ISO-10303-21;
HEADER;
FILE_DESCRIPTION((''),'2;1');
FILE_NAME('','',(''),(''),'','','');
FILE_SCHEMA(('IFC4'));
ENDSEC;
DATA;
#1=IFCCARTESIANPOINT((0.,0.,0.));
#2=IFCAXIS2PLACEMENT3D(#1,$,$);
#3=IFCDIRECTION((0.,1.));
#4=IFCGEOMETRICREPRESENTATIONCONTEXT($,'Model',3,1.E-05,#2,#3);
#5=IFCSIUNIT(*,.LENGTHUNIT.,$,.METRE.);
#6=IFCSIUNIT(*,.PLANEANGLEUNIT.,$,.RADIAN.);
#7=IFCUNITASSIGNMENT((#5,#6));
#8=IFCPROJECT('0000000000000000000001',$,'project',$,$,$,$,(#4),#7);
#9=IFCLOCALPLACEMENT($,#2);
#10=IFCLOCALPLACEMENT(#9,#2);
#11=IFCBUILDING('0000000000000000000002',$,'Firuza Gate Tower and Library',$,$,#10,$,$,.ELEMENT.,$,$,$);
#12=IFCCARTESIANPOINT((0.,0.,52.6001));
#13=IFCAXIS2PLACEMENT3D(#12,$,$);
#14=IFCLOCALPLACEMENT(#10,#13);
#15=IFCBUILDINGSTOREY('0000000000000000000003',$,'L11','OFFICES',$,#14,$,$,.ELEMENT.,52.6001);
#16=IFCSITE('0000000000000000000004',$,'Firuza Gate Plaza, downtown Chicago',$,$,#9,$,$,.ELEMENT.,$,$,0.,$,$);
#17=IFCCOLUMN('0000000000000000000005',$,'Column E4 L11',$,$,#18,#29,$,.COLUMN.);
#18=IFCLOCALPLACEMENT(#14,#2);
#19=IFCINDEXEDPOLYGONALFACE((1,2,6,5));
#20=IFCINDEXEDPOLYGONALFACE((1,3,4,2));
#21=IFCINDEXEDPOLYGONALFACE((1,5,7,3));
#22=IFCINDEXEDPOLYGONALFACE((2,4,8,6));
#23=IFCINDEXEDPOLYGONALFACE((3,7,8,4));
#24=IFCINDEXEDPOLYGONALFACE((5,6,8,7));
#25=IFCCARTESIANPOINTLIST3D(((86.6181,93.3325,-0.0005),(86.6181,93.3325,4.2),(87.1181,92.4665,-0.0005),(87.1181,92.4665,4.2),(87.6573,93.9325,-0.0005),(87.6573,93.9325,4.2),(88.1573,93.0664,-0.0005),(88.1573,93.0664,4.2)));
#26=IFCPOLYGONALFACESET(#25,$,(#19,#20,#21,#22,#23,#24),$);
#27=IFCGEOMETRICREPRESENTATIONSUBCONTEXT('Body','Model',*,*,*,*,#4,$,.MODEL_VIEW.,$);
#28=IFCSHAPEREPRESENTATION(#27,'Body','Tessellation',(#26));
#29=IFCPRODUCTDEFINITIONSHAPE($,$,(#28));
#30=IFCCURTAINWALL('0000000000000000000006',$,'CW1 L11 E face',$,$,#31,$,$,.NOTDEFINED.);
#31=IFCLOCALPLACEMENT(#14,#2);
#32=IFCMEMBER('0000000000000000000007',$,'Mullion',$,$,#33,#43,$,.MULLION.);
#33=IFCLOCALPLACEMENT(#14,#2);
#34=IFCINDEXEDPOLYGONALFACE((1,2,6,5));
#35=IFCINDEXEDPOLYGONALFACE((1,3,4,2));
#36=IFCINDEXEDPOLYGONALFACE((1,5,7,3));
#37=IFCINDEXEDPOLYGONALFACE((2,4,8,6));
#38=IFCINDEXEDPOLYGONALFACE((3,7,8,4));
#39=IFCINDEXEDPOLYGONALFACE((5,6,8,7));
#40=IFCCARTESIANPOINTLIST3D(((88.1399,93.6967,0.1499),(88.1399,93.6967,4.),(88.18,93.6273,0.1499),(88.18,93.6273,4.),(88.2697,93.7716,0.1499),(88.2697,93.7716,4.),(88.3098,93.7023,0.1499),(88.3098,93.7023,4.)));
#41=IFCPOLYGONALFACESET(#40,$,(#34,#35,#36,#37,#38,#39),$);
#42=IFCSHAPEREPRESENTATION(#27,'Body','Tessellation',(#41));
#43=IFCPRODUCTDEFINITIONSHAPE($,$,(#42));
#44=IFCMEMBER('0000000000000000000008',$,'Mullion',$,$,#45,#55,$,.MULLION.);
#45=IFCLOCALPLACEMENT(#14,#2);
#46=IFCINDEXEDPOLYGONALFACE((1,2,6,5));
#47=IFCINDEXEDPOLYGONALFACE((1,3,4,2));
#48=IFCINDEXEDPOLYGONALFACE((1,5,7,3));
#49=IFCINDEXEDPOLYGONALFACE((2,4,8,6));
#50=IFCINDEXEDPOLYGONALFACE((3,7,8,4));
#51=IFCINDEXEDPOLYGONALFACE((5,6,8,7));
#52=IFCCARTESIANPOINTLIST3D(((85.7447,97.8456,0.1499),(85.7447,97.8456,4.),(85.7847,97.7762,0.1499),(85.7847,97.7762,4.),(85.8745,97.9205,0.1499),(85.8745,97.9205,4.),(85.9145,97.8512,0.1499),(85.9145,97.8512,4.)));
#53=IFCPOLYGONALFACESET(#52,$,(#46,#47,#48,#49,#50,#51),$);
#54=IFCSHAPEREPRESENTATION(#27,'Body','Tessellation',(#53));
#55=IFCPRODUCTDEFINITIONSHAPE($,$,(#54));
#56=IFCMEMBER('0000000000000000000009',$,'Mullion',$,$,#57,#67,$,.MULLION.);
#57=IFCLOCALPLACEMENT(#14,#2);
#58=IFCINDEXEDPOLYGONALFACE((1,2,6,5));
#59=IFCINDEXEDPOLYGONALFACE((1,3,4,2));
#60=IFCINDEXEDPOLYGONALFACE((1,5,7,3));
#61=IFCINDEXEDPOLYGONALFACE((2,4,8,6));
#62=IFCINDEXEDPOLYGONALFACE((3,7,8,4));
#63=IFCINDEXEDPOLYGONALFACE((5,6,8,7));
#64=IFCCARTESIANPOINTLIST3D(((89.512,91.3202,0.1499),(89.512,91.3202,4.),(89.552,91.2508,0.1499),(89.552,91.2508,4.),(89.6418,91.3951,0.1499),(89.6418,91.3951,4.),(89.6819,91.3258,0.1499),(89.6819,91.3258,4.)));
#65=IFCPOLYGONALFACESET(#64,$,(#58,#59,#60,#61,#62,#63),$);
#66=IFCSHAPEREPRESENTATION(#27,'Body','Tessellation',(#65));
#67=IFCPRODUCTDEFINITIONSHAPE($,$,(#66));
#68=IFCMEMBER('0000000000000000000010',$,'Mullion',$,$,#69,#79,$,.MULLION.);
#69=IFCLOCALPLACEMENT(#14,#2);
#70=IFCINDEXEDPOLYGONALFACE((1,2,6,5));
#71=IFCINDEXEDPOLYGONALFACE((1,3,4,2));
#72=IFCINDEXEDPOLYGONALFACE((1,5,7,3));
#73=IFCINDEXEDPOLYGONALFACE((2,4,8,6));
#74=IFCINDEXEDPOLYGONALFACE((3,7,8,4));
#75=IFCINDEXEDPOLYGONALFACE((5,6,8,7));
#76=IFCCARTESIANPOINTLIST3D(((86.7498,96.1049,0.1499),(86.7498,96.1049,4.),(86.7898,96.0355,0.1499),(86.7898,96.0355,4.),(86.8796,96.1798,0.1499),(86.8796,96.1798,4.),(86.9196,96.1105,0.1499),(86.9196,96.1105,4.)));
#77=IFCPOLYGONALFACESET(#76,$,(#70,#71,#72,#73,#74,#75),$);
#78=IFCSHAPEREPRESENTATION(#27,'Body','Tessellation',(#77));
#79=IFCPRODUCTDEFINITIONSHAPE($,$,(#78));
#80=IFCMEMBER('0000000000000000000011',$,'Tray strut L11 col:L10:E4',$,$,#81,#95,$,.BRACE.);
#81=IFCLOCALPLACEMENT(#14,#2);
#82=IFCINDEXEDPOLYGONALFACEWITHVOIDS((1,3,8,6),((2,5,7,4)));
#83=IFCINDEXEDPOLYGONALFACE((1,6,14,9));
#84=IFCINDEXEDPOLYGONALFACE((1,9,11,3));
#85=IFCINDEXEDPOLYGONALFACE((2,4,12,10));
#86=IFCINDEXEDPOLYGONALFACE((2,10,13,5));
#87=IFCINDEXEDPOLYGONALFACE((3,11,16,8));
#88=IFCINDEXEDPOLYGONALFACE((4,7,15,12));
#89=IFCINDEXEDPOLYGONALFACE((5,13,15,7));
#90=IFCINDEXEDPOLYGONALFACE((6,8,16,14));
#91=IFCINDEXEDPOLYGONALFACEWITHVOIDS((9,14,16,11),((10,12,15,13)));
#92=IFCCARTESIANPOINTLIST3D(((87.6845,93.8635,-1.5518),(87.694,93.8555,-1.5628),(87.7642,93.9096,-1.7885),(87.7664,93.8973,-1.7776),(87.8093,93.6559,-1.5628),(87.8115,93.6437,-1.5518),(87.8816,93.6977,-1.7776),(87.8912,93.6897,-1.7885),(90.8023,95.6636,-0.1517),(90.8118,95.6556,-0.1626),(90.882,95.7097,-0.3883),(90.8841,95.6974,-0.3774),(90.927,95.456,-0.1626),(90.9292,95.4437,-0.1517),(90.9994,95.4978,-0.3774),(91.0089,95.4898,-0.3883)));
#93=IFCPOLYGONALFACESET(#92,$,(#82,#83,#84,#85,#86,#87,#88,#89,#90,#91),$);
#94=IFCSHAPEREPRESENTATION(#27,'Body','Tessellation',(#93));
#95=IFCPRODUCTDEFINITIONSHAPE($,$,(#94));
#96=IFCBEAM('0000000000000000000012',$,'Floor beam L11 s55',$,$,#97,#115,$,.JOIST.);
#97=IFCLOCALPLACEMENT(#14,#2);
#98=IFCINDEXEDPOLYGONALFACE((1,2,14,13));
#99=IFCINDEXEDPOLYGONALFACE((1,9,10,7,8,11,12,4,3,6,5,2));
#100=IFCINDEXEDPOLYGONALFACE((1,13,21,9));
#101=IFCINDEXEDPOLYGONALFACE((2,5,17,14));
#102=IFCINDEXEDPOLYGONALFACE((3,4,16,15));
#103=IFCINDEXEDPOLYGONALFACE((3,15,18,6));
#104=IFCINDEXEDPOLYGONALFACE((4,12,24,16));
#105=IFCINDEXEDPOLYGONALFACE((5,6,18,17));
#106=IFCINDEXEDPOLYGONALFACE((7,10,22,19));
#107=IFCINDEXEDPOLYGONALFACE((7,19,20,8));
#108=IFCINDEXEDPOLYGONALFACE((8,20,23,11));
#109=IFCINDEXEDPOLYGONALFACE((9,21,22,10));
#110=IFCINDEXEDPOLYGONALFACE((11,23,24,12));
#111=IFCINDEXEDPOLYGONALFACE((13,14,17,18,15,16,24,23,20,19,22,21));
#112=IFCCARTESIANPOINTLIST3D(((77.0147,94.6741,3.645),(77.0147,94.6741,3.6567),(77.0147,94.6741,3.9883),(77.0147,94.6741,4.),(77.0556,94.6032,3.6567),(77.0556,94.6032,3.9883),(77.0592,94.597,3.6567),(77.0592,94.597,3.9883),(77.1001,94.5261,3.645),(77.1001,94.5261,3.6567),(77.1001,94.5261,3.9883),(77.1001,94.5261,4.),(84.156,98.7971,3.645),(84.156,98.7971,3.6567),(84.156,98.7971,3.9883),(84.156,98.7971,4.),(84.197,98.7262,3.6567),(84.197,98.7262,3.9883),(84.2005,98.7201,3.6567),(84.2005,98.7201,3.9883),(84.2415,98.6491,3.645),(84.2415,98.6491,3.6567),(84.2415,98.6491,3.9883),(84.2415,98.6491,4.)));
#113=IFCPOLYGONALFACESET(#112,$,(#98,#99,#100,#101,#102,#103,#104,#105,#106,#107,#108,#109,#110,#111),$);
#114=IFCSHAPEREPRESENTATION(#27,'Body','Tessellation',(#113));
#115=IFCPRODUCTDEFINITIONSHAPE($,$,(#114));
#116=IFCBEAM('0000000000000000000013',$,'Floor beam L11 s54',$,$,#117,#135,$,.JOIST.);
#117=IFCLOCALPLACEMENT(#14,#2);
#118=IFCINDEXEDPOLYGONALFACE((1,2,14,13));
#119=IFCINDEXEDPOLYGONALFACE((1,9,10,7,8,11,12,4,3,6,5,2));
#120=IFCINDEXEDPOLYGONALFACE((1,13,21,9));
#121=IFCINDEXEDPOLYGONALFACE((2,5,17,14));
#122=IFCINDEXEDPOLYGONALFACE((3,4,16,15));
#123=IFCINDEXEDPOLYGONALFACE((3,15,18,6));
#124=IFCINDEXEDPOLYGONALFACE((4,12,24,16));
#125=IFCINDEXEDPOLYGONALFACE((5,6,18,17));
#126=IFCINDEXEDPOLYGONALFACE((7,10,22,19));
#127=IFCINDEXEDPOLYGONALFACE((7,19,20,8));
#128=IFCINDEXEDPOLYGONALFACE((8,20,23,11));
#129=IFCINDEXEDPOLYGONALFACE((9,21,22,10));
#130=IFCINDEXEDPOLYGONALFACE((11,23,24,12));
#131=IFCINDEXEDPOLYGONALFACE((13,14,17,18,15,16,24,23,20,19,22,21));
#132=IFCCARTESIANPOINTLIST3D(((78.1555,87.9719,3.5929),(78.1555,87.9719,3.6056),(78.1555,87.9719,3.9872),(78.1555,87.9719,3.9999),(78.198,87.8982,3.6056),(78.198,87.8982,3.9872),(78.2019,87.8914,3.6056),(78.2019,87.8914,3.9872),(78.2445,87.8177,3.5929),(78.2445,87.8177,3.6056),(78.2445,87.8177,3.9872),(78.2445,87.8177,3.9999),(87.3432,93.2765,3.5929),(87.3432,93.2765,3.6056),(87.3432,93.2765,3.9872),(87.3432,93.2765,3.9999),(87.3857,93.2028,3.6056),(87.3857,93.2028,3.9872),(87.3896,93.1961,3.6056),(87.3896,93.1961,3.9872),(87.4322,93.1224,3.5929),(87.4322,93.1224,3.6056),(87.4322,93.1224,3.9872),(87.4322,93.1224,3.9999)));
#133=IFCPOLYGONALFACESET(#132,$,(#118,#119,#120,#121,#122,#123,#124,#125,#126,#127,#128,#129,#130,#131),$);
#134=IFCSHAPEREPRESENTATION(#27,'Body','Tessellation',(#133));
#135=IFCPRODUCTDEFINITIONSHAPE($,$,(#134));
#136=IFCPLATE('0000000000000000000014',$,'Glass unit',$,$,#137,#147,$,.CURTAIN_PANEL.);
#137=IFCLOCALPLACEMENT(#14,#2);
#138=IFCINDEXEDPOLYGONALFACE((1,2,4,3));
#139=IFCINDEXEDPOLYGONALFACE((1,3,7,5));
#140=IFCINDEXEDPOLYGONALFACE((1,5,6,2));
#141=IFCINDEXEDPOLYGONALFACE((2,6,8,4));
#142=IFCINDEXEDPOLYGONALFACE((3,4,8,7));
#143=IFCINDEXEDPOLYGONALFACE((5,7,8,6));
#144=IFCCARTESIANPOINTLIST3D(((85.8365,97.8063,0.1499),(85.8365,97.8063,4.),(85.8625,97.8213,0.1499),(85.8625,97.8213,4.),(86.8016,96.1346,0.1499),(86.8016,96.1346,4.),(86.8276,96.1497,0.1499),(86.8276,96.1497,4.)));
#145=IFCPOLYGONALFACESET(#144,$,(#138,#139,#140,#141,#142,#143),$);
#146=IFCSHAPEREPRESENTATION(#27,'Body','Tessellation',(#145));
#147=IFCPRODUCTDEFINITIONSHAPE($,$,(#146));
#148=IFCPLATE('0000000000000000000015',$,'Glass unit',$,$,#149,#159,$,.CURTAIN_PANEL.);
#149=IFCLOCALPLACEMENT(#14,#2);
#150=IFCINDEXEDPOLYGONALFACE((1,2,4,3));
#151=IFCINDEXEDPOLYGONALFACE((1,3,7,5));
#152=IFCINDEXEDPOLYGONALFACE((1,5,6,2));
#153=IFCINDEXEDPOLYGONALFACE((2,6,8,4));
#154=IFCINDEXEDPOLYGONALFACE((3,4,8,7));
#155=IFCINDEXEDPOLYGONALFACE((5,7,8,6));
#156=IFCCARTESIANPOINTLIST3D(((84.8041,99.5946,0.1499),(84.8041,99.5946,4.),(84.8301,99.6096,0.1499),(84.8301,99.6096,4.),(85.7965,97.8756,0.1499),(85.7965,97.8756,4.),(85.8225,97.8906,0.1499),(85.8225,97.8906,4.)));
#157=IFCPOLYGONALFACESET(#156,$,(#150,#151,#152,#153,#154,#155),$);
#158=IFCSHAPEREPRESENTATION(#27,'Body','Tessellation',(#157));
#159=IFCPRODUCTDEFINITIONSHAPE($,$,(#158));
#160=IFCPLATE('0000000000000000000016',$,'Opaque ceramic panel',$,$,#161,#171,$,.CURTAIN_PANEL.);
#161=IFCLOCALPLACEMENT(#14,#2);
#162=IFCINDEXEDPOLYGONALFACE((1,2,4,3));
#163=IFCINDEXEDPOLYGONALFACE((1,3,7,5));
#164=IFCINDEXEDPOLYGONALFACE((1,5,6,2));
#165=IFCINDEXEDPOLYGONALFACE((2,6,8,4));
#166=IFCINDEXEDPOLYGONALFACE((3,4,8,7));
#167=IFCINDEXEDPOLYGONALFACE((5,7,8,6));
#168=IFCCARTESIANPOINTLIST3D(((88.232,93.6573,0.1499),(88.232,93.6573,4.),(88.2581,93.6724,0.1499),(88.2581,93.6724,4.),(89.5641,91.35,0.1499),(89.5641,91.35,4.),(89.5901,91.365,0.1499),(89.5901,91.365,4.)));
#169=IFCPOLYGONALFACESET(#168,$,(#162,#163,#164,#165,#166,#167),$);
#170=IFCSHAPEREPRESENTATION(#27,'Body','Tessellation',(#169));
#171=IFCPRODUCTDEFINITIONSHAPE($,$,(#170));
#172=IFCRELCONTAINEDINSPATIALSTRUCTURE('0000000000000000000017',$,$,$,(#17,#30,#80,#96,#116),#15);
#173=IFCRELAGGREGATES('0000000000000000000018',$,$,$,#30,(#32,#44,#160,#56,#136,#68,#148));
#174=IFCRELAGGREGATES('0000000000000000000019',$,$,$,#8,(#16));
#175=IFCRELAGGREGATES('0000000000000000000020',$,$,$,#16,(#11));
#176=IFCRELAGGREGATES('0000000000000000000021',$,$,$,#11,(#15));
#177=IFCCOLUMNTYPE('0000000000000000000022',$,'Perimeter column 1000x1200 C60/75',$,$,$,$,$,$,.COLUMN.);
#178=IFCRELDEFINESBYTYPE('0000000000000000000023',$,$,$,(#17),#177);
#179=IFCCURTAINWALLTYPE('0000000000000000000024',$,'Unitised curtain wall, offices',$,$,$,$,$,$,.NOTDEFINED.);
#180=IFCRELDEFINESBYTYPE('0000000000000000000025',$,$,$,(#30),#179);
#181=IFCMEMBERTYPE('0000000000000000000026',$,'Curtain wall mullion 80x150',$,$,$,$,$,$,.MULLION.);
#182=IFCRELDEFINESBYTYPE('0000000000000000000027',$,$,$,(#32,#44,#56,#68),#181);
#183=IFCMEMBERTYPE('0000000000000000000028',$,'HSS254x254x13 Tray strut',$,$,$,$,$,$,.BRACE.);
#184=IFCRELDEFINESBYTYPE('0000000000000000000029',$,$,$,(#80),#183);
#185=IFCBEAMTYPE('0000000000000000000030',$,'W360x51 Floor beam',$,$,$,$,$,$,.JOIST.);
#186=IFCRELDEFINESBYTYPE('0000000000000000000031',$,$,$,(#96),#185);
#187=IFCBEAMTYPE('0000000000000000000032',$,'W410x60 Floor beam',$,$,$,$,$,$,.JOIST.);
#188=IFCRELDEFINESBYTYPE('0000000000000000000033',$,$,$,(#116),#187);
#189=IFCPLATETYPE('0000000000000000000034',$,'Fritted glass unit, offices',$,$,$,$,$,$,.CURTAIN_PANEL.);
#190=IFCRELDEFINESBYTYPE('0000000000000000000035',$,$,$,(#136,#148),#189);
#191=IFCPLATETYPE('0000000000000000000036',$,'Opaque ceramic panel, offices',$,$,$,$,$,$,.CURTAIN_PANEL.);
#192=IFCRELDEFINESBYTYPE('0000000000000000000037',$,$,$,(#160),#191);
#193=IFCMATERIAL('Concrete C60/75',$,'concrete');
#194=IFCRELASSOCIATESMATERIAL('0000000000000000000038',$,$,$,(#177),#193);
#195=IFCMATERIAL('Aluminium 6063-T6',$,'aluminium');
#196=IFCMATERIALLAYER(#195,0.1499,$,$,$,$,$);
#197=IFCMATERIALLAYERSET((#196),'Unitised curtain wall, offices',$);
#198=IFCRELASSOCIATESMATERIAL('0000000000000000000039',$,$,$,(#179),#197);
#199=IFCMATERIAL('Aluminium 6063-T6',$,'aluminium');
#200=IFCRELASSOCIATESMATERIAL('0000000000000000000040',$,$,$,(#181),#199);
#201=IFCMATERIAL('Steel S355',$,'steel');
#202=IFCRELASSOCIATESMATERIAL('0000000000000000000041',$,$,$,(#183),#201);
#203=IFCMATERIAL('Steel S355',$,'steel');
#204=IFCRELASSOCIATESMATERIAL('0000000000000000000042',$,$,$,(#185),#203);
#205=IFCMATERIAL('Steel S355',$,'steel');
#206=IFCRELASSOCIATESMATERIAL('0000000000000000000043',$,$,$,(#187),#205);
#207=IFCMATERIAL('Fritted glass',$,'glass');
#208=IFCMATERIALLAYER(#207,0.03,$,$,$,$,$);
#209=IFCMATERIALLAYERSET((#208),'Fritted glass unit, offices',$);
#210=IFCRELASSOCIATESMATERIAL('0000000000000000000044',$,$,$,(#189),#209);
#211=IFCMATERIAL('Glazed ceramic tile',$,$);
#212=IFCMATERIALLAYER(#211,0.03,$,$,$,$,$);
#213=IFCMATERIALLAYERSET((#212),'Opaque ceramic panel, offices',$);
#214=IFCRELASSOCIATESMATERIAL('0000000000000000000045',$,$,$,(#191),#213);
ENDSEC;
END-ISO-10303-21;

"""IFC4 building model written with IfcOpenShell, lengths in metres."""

from ifc_helpers import new_model, si_unit, direction, frame, origin, origin_2d, place, context, subcontext, project, spatial, polyline, rectangle, hollow_rectangle, i_section, outline, extrude, material, layer, layer_set, material_profile, profile_set, type_object, element, aggregate, save


model = new_model("IFC4")

# Units and contexts
model_context = context("Model", 3, precision=1e-05, world=origin(), true_north=direction((0.0, 1.0)))
body_context = subcontext(model_context, "Body", "Model", "MODEL_VIEW")
ifc_project = project(units=[si_unit("LENGTHUNIT", "METRE"), si_unit("PLANEANGLEUNIT", "RADIAN")], contexts=[model_context])

# Site, building, storey
site_placement = place(None, origin())
site = spatial("IfcSite", under=ifc_project, at=site_placement, Name="Firuza Gate Plaza, downtown Chicago", CompositionType="ELEMENT", RefElevation=0.0)
building_placement = place(site_placement, origin())
building = spatial("IfcBuilding", under=site, at=building_placement, Name="Firuza Gate Tower and Library", CompositionType="ELEMENT")
storey_placement = place(building_placement, frame((0.0, 0.0, 52.6001)))
storey = spatial("IfcBuildingStorey", under=building, at=storey_placement, Name="L11", Description="OFFICES", CompositionType="ELEMENT", Elevation=52.6001)

# Column
ifc_material_1 = material(Name="Concrete C60/75", Category="concrete")
ifc_material_profile_1 = material_profile(ifc_material_1, rectangle(XDim=1.0, YDim=1.2, at=origin_2d()))
ifc_profile_set_1 = profile_set([ifc_material_profile_1], Name="Concrete C60/75")
column_type = type_object("IfcColumnType", Name="Perimeter column 1000x1200 C60/75", PredefinedType="COLUMN", material=ifc_profile_set_1)
column_placement = place(storey_placement, frame((87.3877, 93.1995, -0.0005), z_axis=(0.0, 0.0, 1.0), x_axis=(-0.5, 0.866025, 0.0)))
element("IfcColumn", 1, at=column_placement, inside=storey, type_object=column_type, Name="Column E4 L11", PredefinedType="COLUMN", context=body_context, shape_type="SweptSolid", body=[
    extrude(rectangle(XDim=1.0, YDim=1.2, at=origin_2d()), origin(), (0.0, 0.0, 1.0), 4.2004),
])

# Curtain wall, members
ifc_material_2 = material(Name="Aluminium 6063-T6", Category="aluminium")
ifc_layer_1 = layer(ifc_material_2, 0.1499)
ifc_layer_set_1 = layer_set([ifc_layer_1], Name="Unitised curtain wall, offices")
curtain_wall_type = type_object("IfcCurtainWallType", Name="Unitised curtain wall, offices", PredefinedType="NOTDEFINED", material=ifc_layer_set_1)
curtain_wall_placement = place(storey_placement, origin())
curtain_wall = element("IfcCurtainWall", 2, at=curtain_wall_placement, inside=storey, type_object=curtain_wall_type, Name="CW1 L11 E face", PredefinedType="NOTDEFINED")
ifc_material_3 = material(Name="Aluminium 6063-T6", Category="aluminium")
ifc_material_profile_2 = material_profile(ifc_material_3, rectangle(XDim=0.1499, YDim=0.0801, at=origin_2d()))
ifc_profile_set_2 = profile_set([ifc_material_profile_2], Name="Aluminium 6063-T6")
member_type_1 = type_object("IfcMemberType", Name="Curtain wall mullion 80x150", PredefinedType="MULLION", material=ifc_profile_set_2)
member_1_placement = place(storey_placement, frame((88.2249, 93.6995, 0.1499), z_axis=(0.0, 0.0, 1.0), x_axis=(-0.866025, -0.5, 0.0)))
member_1 = element("IfcMember", 3, at=member_1_placement, type_object=member_type_1, Name="Mullion", PredefinedType="MULLION", context=body_context, shape_type="SweptSolid", body=[
    extrude(rectangle(XDim=0.1499, YDim=0.0801, at=origin_2d()), origin(), (0.0, 0.0, 1.0), 3.8501),
])
member_2_placement = place(storey_placement, frame((85.8296, 97.8484, 0.1499), z_axis=(0.0, 0.0, 1.0), x_axis=(-0.866025, -0.5, 0.0)))
member_2 = element("IfcMember", 4, at=member_2_placement, type_object=member_type_1, Name="Mullion", PredefinedType="MULLION", context=body_context, shape_type="SweptSolid", body=[
    extrude(rectangle(XDim=0.1499, YDim=0.0801, at=origin_2d()), origin(), (0.0, 0.0, 1.0), 3.8501),
])
member_3_placement = place(storey_placement, frame((89.5969, 91.323, 0.1499), z_axis=(0.0, 0.0, 1.0), x_axis=(-0.866025, -0.5, 0.0)))
member_3 = element("IfcMember", 5, at=member_3_placement, type_object=member_type_1, Name="Mullion", PredefinedType="MULLION", context=body_context, shape_type="SweptSolid", body=[
    extrude(rectangle(XDim=0.1499, YDim=0.0801, at=origin_2d()), origin(), (0.0, 0.0, 1.0), 3.8501),
])
member_4_placement = place(storey_placement, frame((86.8347, 96.1077, 0.1499), z_axis=(0.0, 0.0, 1.0), x_axis=(-0.866025, -0.5, 0.0)))
member_4 = element("IfcMember", 6, at=member_4_placement, type_object=member_type_1, Name="Mullion", PredefinedType="MULLION", context=body_context, shape_type="SweptSolid", body=[
    extrude(rectangle(XDim=0.1499, YDim=0.0801, at=origin_2d()), origin(), (0.0, 0.0, 1.0), 3.8501),
])

# Member
ifc_material_4 = material(Name="Steel S355", Category="steel")
ifc_material_profile_3 = material_profile(ifc_material_4, hollow_rectangle(XDim=0.2539, YDim=0.2539, WallThickness=0.0117, at=origin_2d()))
ifc_profile_set_3 = profile_set([ifc_material_profile_3], Name="Steel S355")
member_type_2 = type_object("IfcMemberType", Name="HSS254x254x13 Tray strut", PredefinedType="BRACE", material=ifc_profile_set_3)
member_5_placement = place(storey_placement, frame((87.7878, 93.7766, -1.6702), z_axis=(0.807122, 0.466007, 0.362478), x_axis=(-0.500012, 0.866018, 0.0)))
element("IfcMember", 7, at=member_5_placement, inside=storey, type_object=member_type_2, Name="Tray strut L11 col:L10:E4", PredefinedType="BRACE", context=body_context, shape_type="SweptSolid", body=[
    extrude(hollow_rectangle(XDim=0.2539, YDim=0.2539, WallThickness=0.0117, at=origin_2d()), origin(), (0.0, 0.0, 1.0), 3.8628),
])

# Beams
ifc_material_5 = material(Name="Steel S355", Category="steel")
ifc_material_profile_4 = material_profile(ifc_material_5, i_section(OverallWidth=0.1709, OverallDepth=0.355, WebThickness=0.0071, FlangeThickness=0.0117, at=origin_2d()))
ifc_profile_set_4 = profile_set([ifc_material_profile_4], Name="Steel S355")
beam_type_1 = type_object("IfcBeamType", Name="W360x51 Floor beam", PredefinedType="JOIST", material=ifc_profile_set_4)
beam_1_placement = place(storey_placement, frame((84.1987, 98.7231, 3.8225), z_axis=(-0.866026, -0.499998, 0.0), x_axis=(0.499998, -0.866026, 0.0)))
element("IfcBeam", 8, at=beam_1_placement, inside=storey, type_object=beam_type_1, Name="Floor beam L11 s55", PredefinedType="JOIST", context=body_context, shape_type="SweptSolid", body=[
    extrude(i_section(OverallWidth=0.1709, OverallDepth=0.355, WebThickness=0.0071, FlangeThickness=0.0117, at=origin_2d()), origin(), (0.0, 0.0, 1.0), 8.2461),
])
ifc_material_6 = material(Name="Steel S355", Category="steel")
ifc_material_profile_5 = material_profile(ifc_material_6, i_section(OverallWidth=0.178, OverallDepth=0.407, WebThickness=0.0078, FlangeThickness=0.0127, at=origin_2d()))
ifc_profile_set_5 = profile_set([ifc_material_profile_5], Name="Steel S355")
beam_type_2 = type_object("IfcBeamType", Name="W410x60 Floor beam", PredefinedType="JOIST", material=ifc_profile_set_5)
beam_2_placement = place(storey_placement, frame((87.3877, 93.1995, 3.7964), z_axis=(-0.86602, -0.50001, 0.0), x_axis=(0.50001, -0.86602, 0.0)))
element("IfcBeam", 9, at=beam_2_placement, inside=storey, type_object=beam_type_2, Name="Floor beam L11 s54", PredefinedType="JOIST", context=body_context, shape_type="SweptSolid", body=[
    extrude(i_section(OverallWidth=0.178, OverallDepth=0.407, WebThickness=0.0078, FlangeThickness=0.0127, at=origin_2d()), origin(), (0.0, 0.0, 1.0), 10.6091),
])

# Plates
ifc_material_7 = material(Name="Fritted glass", Category="glass")
ifc_layer_2 = layer(ifc_material_7, 0.03)
ifc_layer_set_2 = layer_set([ifc_layer_2], Name="Fritted glass unit, offices")
plate_type_1 = type_object("IfcPlateType", Name="Fritted glass unit, offices", PredefinedType="CURTAIN_PANEL", material=ifc_layer_set_2)
plate_1_placement = place(storey_placement, frame((86.8276, 96.1497, 0.1499), z_axis=(0.866032, 0.499989, 0.0), x_axis=(-0.499989, 0.866032, 0.0)))
plate_1 = element("IfcPlate", 10, at=plate_1_placement, type_object=plate_type_1, Name="Glass unit", PredefinedType="CURTAIN_PANEL", context=body_context, shape_type="SweptSolid", body=[
    extrude(outline(polyline([(0.0, 0.0), (1.9302, 0.0), (1.9302, 3.8501), (0.0, 3.8501), (0.0, 0.0)])), origin(), (0.0, 0.0, -1.0), 0.03),
])
plate_2_placement = place(storey_placement, frame((85.8225, 97.8906, 0.1499), z_axis=(0.866032, 0.499989, 0.0), x_axis=(-0.499989, 0.866032, 0.0)))
plate_2 = element("IfcPlate", 11, at=plate_2_placement, type_object=plate_type_1, Name="Glass unit", PredefinedType="CURTAIN_PANEL", context=body_context, shape_type="SweptSolid", body=[
    extrude(outline(polyline([(0.0, 0.0), (1.9849, 0.0), (1.9849, 3.8501), (0.0, 3.8501), (0.0, 0.0)])), origin(), (0.0, 0.0, -1.0), 0.03),
])
ifc_material_8 = material(Name="Glazed ceramic tile")
ifc_layer_3 = layer(ifc_material_8, 0.03)
ifc_layer_set_3 = layer_set([ifc_layer_3], Name="Opaque ceramic panel, offices")
plate_type_2 = type_object("IfcPlateType", Name="Opaque ceramic panel, offices", PredefinedType="CURTAIN_PANEL", material=ifc_layer_set_3)
plate_3_placement = place(storey_placement, frame((89.5901, 91.365, 0.1499), z_axis=(0.866047, 0.499963, 0.0), x_axis=(-0.499963, 0.866047, 0.0)))
plate_3 = element("IfcPlate", 12, at=plate_3_placement, type_object=plate_type_2, Name="Opaque ceramic panel", PredefinedType="CURTAIN_PANEL", context=body_context, shape_type="SweptSolid", body=[
    extrude(outline(polyline([(0.0, 0.0), (2.6643, 0.0), (2.6643, 3.8501), (0.0, 3.8501), (0.0, 0.0)])), origin(), (0.0, 0.0, -1.0), 0.03),
])
aggregate(curtain_wall, [member_1, member_2, plate_3, member_3, plate_1, member_4, plate_2])

save(model, "model.ifc")
